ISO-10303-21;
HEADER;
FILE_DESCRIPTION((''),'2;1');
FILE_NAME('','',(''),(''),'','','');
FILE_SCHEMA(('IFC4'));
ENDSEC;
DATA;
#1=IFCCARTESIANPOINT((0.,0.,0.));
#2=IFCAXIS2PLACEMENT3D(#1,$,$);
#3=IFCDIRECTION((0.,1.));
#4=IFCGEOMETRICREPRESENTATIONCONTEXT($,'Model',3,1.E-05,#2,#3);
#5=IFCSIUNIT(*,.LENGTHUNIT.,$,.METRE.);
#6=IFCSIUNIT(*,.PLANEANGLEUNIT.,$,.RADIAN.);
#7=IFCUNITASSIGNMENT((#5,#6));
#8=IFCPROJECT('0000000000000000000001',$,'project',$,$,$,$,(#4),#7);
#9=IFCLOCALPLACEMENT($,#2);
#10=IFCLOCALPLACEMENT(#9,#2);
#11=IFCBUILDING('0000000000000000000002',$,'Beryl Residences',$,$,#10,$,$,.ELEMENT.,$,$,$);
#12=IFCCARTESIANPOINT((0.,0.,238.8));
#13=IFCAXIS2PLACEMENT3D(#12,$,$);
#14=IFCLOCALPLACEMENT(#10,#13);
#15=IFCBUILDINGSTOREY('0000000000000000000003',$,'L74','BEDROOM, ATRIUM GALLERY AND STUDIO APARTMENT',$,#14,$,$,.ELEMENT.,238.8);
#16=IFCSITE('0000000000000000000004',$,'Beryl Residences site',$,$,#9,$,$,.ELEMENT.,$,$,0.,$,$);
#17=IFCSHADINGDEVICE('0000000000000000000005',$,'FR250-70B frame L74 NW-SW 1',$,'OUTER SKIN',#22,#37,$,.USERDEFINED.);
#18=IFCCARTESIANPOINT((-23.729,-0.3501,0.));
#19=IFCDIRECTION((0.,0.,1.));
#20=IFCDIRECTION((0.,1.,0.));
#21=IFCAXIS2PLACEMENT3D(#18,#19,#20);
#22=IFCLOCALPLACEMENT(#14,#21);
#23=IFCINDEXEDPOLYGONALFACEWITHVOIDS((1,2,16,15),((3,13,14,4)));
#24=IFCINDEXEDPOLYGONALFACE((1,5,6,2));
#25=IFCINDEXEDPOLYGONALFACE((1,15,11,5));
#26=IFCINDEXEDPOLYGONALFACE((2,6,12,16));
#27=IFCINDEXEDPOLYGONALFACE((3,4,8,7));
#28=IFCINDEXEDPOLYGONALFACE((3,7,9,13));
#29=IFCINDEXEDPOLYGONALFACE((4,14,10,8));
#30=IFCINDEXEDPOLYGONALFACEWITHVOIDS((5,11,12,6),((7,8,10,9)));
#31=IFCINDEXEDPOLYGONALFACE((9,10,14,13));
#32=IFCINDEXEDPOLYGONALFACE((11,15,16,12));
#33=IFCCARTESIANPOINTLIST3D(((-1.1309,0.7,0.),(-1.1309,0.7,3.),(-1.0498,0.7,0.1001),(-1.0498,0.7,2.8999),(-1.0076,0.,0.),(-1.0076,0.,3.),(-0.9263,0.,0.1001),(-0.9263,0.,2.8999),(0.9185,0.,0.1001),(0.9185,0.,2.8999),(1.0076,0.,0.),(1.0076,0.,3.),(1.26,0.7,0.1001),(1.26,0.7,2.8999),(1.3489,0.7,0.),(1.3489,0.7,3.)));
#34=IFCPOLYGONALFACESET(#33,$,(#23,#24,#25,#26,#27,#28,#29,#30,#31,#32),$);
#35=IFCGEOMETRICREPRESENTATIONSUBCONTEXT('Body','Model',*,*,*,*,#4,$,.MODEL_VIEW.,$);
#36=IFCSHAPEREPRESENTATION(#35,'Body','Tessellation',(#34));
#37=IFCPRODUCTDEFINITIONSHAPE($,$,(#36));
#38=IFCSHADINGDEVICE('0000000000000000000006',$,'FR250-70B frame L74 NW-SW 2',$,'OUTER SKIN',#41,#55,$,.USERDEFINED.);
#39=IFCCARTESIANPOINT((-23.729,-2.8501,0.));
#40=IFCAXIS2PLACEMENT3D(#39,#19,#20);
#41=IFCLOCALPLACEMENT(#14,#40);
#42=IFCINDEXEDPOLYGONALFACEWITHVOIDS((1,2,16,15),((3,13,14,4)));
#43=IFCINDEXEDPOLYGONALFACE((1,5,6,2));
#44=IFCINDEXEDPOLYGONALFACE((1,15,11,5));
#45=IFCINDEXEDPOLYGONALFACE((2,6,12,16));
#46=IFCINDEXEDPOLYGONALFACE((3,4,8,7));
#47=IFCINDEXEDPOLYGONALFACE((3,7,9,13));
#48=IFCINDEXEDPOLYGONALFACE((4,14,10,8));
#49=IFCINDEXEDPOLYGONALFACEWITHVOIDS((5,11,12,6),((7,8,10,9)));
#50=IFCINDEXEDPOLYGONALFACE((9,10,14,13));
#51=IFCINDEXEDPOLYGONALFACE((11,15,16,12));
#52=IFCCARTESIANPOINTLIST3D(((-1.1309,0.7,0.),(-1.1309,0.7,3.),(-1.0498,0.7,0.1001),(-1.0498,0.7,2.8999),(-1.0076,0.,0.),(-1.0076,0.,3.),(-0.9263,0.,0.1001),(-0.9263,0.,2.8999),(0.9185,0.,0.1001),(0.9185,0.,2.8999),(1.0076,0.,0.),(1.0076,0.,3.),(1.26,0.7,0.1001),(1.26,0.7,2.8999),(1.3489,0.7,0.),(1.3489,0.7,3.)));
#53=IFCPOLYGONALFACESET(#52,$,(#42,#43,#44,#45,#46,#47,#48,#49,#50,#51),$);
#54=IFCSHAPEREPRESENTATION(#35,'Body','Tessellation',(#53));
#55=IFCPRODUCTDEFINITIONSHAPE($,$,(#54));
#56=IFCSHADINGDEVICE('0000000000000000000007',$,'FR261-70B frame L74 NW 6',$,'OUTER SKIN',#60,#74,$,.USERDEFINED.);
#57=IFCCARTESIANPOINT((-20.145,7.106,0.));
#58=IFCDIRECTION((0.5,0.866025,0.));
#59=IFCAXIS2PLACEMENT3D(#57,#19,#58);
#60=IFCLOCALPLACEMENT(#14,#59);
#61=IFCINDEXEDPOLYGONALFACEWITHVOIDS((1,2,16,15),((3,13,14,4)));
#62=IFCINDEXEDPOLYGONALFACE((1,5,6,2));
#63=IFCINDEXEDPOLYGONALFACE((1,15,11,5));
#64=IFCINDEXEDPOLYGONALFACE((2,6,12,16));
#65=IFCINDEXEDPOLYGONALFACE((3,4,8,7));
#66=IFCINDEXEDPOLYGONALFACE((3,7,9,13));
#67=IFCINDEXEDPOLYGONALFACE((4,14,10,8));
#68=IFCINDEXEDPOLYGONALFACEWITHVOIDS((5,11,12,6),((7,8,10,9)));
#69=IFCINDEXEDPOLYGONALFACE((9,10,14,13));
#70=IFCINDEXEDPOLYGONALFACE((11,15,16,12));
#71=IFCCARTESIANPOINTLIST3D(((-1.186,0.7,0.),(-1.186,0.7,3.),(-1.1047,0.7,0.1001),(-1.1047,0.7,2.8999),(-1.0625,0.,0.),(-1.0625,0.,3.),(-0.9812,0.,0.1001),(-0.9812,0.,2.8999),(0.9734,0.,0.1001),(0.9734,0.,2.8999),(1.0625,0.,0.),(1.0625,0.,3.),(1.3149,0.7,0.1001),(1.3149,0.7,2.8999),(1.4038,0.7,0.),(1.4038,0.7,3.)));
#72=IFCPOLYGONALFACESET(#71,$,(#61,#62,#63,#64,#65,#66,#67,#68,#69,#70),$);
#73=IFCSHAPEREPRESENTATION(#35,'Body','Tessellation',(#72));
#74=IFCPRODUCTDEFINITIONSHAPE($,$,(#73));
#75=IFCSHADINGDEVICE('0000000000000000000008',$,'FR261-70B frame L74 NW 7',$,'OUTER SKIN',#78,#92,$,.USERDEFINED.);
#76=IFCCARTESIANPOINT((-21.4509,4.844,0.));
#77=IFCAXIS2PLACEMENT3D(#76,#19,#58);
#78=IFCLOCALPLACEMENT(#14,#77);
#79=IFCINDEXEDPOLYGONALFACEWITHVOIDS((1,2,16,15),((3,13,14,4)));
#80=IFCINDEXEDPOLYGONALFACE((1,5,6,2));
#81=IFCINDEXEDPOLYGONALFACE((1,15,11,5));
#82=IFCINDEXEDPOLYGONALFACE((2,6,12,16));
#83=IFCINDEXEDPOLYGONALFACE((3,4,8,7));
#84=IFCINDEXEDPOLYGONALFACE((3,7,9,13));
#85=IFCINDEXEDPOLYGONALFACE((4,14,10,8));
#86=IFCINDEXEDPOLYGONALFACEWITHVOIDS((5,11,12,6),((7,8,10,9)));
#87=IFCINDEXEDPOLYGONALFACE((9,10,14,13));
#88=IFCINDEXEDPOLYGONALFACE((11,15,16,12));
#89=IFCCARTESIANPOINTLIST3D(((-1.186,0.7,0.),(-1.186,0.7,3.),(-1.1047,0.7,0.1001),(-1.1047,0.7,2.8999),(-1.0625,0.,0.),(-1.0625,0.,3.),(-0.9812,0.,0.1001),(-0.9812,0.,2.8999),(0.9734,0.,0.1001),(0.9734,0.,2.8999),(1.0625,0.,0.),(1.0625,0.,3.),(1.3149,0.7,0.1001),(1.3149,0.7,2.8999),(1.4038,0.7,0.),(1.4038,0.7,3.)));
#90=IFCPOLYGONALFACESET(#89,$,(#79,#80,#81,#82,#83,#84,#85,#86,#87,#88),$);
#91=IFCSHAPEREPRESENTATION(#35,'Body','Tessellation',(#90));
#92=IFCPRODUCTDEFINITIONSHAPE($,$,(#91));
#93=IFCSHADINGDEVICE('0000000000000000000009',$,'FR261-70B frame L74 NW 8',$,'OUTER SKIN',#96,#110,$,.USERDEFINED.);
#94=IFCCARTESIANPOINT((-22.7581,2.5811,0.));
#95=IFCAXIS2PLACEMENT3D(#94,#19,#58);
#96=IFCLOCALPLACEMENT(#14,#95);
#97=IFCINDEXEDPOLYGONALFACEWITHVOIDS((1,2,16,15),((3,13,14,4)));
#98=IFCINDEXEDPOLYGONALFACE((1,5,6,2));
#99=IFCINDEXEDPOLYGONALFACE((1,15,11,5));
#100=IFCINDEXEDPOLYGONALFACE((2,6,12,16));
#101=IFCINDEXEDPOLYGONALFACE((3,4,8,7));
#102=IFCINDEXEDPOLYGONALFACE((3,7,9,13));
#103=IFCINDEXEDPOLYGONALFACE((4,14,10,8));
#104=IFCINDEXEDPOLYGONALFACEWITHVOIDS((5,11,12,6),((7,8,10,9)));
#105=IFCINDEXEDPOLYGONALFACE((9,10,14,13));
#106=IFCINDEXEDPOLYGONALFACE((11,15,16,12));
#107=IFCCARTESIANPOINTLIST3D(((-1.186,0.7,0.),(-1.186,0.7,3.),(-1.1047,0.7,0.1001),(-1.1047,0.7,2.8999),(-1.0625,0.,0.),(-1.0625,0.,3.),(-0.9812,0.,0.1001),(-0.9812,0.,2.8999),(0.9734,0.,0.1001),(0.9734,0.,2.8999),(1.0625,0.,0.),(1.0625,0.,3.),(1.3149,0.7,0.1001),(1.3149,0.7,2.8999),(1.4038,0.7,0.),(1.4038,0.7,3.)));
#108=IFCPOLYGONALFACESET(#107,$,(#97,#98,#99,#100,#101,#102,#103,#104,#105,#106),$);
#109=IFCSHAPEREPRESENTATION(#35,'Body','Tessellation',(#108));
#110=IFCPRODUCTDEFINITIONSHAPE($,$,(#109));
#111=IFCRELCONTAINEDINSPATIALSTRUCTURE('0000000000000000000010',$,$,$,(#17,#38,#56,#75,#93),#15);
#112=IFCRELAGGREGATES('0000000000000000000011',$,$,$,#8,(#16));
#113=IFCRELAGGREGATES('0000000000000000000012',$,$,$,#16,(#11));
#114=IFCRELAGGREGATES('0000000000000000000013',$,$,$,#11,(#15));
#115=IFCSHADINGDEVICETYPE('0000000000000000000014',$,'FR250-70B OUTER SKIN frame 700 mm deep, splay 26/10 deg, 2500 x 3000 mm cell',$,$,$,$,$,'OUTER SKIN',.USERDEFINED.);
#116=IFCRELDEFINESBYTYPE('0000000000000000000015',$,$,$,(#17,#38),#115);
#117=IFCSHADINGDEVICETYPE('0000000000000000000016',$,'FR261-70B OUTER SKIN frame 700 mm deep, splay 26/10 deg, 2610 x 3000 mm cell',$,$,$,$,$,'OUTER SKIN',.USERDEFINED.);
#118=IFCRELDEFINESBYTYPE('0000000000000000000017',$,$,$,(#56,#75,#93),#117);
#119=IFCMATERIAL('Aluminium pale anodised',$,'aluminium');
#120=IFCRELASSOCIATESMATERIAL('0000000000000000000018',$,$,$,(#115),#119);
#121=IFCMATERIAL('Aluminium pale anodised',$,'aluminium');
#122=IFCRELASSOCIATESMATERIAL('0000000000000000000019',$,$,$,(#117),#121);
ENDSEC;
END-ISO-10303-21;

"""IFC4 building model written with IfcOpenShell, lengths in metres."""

from ifc_helpers import new_model, entity, si_unit, direction, frame, origin, place, context, subcontext, project, spatial, source, transform, mapped, material, type_object, type_shapes, element, save


model = new_model("IFC4")

# Units and contexts
model_context = context("Model", 3, precision=1e-05, world=origin(), true_north=direction((0.0, 1.0)))
body_context = subcontext(model_context, "Body", "Model", "MODEL_VIEW")
ifc_project = project(units=[si_unit("LENGTHUNIT", "METRE"), si_unit("PLANEANGLEUNIT", "RADIAN")], contexts=[model_context])

# Site, building, storey
site_placement = place(None, origin())
site = spatial("IfcSite", under=ifc_project, at=site_placement, Name="Beryl Residences site", CompositionType="ELEMENT", RefElevation=0.0)
building_placement = place(site_placement, origin())
building = spatial("IfcBuilding", under=site, at=building_placement, Name="Beryl Residences", CompositionType="ELEMENT")
storey_placement = place(building_placement, frame((0.0, 0.0, 238.8)))
storey = spatial("IfcBuildingStorey", under=building, at=storey_placement, Name="L74", Description="BEDROOM, ATRIUM GALLERY AND STUDIO APARTMENT", CompositionType="ELEMENT", Elevation=238.8)

# Shading devices
ifc_material_1 = material(Name="Aluminium pale anodised", Category="aluminium")
shading_device_type_1 = type_object("IfcShadingDeviceType", Name="FR250-70B OUTER SKIN frame 700 mm deep, splay 26/10 deg, 2500 x 3000 mm cell", ElementType="OUTER SKIN", PredefinedType="USERDEFINED", material=ifc_material_1)
cartesian_point_1 = entity("IfcCartesianPoint", [-1.0076, 0.0])
cartesian_point_2 = entity("IfcCartesianPoint", [-0.9185, 0.1001])
cartesian_point_3 = entity("IfcCartesianPoint", [-1.3489, 0.0])
cartesian_point_4 = entity("IfcCartesianPoint", [-1.26, 0.1001])
shared_shape_1 = source(origin(), body_context, "Body", "SweptSolid", [
    entity("IfcExtrudedAreaSolidTapered", entity("IfcArbitraryProfileDefWithVoids", "AREA", None, entity("IfcPolyline", [cartesian_point_1, entity("IfcCartesianPoint", [1.0076, 0.0]), entity("IfcCartesianPoint", [1.0076, 3.0]), entity("IfcCartesianPoint", [-1.0076, 3.0]), cartesian_point_1]), [entity("IfcPolyline", [cartesian_point_2, entity("IfcCartesianPoint", [0.9263, 0.1001]), entity("IfcCartesianPoint", [0.9263, 2.8999]), entity("IfcCartesianPoint", [-0.9185, 2.8999]), cartesian_point_2])]), entity("IfcAxis2Placement3D", entity("IfcCartesianPoint", [0.0, 0.0, 0.0]), entity("IfcDirection", [0.0, 1.0, 0.0]), entity("IfcDirection", [-1.0, 0.0, 0.0])), entity("IfcDirection", [0.0, 0.0, 1.0]), 0.7, entity("IfcArbitraryProfileDefWithVoids", "AREA", None, entity("IfcPolyline", [cartesian_point_3, entity("IfcCartesianPoint", [1.1309, 0.0]), entity("IfcCartesianPoint", [1.1309, 3.0]), entity("IfcCartesianPoint", [-1.3489, 3.0]), cartesian_point_3]), [entity("IfcPolyline", [cartesian_point_4, entity("IfcCartesianPoint", [1.0498, 0.1001]), entity("IfcCartesianPoint", [1.0498, 2.8999]), entity("IfcCartesianPoint", [-1.26, 2.8999]), cartesian_point_4])])),
])
type_shapes(shading_device_type_1, [shared_shape_1])
for number, where, z_axis, x_axis, name in (
    (1, (-23.729, -0.3501, 0.0), (0.0, 0.0, 1.0), (0.0, 1.0, 0.0), "FR250-70B frame L74 NW-SW 1"),
    (2, (-23.729, -2.8501, 0.0), (0.0, 0.0, 1.0), (0.0, 1.0, 0.0), "FR250-70B frame L74 NW-SW 2"),
):
    element("IfcShadingDevice", number, at=place(storey_placement, frame(where, z_axis=z_axis, x_axis=x_axis)), inside=storey, type_object=shading_device_type_1, Name=name, ObjectType="OUTER SKIN", PredefinedType="USERDEFINED", context=body_context, shape_type="MappedRepresentation", body=[
        mapped(shared_shape_1, transform((0.0, 0.0, 0.0))),
    ])
ifc_material_2 = material(Name="Aluminium pale anodised", Category="aluminium")
shading_device_type_2 = type_object("IfcShadingDeviceType", Name="FR261-70B OUTER SKIN frame 700 mm deep, splay 26/10 deg, 2610 x 3000 mm cell", ElementType="OUTER SKIN", PredefinedType="USERDEFINED", material=ifc_material_2)
cartesian_point_5 = entity("IfcCartesianPoint", [-1.0625, 0.0])
cartesian_point_6 = entity("IfcCartesianPoint", [-0.9734, 0.1001])
cartesian_point_7 = entity("IfcCartesianPoint", [-1.4038, 0.0])
cartesian_point_8 = entity("IfcCartesianPoint", [-1.3149, 0.1001])
shared_shape_2 = source(origin(), body_context, "Body", "SweptSolid", [
    entity("IfcExtrudedAreaSolidTapered", entity("IfcArbitraryProfileDefWithVoids", "AREA", None, entity("IfcPolyline", [cartesian_point_5, entity("IfcCartesianPoint", [1.0625, 0.0]), entity("IfcCartesianPoint", [1.0625, 3.0]), entity("IfcCartesianPoint", [-1.0625, 3.0]), cartesian_point_5]), [entity("IfcPolyline", [cartesian_point_6, entity("IfcCartesianPoint", [0.9812, 0.1001]), entity("IfcCartesianPoint", [0.9812, 2.8999]), entity("IfcCartesianPoint", [-0.9734, 2.8999]), cartesian_point_6])]), entity("IfcAxis2Placement3D", entity("IfcCartesianPoint", [0.0, 0.0, 0.0]), entity("IfcDirection", [0.0, 1.0, 0.0]), entity("IfcDirection", [-1.0, 0.0, 0.0])), entity("IfcDirection", [0.0, 0.0, 1.0]), 0.7, entity("IfcArbitraryProfileDefWithVoids", "AREA", None, entity("IfcPolyline", [cartesian_point_7, entity("IfcCartesianPoint", [1.186, 0.0]), entity("IfcCartesianPoint", [1.186, 3.0]), entity("IfcCartesianPoint", [-1.4038, 3.0]), cartesian_point_7]), [entity("IfcPolyline", [cartesian_point_8, entity("IfcCartesianPoint", [1.1047, 0.1001]), entity("IfcCartesianPoint", [1.1047, 2.8999]), entity("IfcCartesianPoint", [-1.3149, 2.8999]), cartesian_point_8])])),
])
type_shapes(shading_device_type_2, [shared_shape_2])
for number, where, z_axis, x_axis, name in (
    (3, (-20.145, 7.106, 0.0), (0.0, 0.0, 1.0), (0.5, 0.866025, 0.0), "FR261-70B frame L74 NW 6"),
    (4, (-21.4509, 4.844, 0.0), (0.0, 0.0, 1.0), (0.5, 0.866025, 0.0), "FR261-70B frame L74 NW 7"),
    (5, (-22.7581, 2.5811, 0.0), (0.0, 0.0, 1.0), (0.5, 0.866025, 0.0), "FR261-70B frame L74 NW 8"),
):
    element("IfcShadingDevice", number, at=place(storey_placement, frame(where, z_axis=z_axis, x_axis=x_axis)), inside=storey, type_object=shading_device_type_2, Name=name, ObjectType="OUTER SKIN", PredefinedType="USERDEFINED", context=body_context, shape_type="MappedRepresentation", body=[
        mapped(shared_shape_2, transform((0.0, 0.0, 0.0))),
    ])

save(model, "model.ifc")
